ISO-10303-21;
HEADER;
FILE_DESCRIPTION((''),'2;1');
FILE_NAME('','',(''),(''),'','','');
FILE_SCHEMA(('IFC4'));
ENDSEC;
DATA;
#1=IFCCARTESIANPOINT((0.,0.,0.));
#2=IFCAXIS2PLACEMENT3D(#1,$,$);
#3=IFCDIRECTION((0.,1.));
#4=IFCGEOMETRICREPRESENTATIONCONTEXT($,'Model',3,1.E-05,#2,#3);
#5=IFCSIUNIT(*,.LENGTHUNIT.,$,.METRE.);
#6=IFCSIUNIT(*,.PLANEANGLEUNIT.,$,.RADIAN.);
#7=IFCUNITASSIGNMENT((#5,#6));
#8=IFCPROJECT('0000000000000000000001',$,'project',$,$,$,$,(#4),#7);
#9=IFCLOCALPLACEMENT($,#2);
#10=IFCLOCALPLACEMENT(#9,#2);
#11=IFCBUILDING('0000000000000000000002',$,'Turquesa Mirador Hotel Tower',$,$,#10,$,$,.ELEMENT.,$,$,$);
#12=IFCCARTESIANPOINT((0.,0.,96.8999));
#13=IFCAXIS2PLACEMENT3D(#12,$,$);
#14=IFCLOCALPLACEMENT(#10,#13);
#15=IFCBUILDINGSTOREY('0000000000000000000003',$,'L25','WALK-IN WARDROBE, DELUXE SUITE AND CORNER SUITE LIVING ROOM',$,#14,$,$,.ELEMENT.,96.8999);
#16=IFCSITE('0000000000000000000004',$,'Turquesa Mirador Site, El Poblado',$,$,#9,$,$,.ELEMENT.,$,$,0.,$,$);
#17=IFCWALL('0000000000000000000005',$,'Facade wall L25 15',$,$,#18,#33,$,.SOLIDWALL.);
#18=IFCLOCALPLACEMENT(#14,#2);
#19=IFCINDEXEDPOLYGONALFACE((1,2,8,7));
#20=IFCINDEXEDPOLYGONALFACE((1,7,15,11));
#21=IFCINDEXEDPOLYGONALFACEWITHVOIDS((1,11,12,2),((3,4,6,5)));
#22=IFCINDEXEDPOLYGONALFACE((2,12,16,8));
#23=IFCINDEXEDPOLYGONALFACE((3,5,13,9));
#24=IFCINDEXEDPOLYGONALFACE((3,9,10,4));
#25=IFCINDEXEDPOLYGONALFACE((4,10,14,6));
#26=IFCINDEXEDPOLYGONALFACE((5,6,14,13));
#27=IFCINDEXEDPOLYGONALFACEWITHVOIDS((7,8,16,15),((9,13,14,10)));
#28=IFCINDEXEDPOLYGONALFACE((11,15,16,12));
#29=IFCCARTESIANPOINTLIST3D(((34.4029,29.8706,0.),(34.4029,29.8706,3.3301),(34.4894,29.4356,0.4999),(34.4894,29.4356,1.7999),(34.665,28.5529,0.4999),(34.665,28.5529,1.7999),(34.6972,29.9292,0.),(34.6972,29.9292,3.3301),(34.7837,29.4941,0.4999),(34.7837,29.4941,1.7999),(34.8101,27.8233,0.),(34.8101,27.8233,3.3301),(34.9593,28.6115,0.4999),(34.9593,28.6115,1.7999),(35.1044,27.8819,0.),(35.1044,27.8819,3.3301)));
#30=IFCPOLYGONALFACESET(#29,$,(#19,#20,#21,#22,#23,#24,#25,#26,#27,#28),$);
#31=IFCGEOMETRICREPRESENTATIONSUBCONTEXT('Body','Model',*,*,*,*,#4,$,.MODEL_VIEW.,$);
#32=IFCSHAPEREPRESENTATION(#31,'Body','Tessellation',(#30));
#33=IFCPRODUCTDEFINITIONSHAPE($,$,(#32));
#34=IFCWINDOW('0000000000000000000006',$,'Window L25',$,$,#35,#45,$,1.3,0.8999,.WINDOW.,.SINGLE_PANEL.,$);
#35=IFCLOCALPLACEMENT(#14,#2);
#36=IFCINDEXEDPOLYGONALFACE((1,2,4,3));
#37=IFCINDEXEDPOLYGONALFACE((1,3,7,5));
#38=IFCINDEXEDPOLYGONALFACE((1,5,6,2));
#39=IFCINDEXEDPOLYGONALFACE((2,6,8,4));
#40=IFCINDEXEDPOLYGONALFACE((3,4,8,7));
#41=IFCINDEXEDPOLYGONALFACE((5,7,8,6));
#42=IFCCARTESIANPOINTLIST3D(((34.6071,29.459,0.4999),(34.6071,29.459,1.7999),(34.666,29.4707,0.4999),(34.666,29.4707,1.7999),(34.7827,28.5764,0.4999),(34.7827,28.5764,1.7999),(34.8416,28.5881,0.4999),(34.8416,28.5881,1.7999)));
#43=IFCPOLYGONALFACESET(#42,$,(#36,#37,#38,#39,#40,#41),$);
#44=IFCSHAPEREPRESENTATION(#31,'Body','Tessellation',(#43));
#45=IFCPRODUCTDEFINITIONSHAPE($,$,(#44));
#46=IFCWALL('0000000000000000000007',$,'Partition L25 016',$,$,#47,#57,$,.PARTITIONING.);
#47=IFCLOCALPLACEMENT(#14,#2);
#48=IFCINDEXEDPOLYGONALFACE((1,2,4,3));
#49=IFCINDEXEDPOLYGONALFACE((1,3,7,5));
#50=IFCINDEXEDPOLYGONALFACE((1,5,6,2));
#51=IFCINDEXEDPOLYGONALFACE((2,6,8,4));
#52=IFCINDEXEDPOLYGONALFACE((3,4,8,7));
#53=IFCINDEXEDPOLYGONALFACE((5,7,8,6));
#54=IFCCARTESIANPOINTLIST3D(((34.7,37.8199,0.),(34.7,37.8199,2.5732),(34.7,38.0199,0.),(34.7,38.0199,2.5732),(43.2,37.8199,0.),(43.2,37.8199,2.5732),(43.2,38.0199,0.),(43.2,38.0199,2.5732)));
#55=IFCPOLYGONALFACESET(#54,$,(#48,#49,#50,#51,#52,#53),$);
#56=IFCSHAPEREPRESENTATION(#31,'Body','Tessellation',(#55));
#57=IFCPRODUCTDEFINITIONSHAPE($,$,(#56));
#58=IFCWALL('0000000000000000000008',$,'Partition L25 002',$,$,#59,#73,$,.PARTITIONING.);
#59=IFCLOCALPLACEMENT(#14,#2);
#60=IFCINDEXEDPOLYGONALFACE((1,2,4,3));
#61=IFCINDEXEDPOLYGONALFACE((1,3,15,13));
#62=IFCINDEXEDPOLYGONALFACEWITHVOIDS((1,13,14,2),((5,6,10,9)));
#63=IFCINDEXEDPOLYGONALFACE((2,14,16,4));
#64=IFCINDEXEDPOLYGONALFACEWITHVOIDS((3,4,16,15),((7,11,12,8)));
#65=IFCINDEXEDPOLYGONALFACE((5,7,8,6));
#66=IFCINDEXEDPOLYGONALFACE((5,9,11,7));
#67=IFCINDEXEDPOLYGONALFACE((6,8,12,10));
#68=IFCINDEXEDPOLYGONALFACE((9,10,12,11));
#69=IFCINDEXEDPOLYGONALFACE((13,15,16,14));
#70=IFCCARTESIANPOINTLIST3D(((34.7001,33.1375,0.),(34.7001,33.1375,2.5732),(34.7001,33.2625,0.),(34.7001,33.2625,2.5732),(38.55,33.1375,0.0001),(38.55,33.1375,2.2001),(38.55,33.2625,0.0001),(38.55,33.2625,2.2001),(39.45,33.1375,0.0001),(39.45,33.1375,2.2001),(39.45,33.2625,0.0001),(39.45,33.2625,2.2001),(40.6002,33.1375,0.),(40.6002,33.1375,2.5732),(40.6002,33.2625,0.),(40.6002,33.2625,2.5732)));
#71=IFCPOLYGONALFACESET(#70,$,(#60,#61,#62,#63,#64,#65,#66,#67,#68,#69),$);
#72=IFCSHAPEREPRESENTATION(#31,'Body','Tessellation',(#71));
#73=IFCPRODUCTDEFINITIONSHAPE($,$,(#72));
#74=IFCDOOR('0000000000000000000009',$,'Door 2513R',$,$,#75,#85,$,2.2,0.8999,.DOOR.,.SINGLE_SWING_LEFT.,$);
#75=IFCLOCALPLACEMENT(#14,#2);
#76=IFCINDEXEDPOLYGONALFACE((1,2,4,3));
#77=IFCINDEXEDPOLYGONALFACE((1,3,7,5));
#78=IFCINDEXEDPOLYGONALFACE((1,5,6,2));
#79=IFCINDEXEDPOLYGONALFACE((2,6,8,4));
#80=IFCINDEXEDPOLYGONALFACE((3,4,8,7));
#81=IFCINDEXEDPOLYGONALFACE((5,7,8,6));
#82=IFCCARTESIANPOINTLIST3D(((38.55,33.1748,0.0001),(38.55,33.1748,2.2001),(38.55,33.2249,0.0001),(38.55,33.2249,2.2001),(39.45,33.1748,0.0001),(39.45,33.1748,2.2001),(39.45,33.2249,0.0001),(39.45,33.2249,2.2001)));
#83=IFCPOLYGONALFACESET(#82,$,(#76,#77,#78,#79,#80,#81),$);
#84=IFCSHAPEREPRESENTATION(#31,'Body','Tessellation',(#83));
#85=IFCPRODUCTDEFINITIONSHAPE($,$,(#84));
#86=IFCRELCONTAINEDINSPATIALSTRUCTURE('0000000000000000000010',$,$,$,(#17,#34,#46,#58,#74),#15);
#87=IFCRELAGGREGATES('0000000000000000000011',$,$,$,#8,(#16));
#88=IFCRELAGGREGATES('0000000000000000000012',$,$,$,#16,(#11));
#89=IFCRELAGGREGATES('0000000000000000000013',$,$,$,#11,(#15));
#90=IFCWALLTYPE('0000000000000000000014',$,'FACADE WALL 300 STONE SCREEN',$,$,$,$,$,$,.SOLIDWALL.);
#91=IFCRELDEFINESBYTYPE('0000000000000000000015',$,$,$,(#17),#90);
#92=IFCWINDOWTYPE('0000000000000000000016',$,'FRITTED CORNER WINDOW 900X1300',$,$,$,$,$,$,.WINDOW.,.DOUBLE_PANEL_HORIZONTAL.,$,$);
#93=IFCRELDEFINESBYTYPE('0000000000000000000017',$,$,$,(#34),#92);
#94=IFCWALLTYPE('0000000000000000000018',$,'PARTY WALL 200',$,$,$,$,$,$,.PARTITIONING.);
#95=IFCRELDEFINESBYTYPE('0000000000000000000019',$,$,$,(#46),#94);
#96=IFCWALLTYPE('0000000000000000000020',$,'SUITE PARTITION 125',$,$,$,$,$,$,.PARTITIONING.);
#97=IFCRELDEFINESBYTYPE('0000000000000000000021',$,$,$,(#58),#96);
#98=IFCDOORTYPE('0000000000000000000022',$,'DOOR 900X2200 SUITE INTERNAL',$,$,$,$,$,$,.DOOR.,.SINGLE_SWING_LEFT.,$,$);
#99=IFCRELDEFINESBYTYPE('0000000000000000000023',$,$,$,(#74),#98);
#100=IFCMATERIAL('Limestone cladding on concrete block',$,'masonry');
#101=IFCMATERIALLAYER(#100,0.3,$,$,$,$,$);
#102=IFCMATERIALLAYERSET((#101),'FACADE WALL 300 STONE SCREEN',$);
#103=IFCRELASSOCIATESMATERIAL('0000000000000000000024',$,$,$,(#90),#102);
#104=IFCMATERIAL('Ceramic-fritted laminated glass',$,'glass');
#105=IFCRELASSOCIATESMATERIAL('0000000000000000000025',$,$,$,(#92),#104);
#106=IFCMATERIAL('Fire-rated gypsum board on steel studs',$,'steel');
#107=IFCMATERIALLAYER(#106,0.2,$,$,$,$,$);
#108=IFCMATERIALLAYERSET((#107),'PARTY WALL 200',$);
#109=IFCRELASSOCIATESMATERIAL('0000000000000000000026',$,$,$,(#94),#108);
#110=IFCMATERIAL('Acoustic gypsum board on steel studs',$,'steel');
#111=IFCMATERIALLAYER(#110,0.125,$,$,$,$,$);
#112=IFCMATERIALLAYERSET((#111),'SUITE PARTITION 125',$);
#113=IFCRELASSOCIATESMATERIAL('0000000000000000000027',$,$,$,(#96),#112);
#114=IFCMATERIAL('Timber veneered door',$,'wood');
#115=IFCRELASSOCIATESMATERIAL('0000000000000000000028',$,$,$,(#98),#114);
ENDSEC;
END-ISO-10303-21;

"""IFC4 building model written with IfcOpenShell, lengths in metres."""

from ifc_helpers import new_model, si_unit, direction, frame, frame_2d, origin, place, context, subcontext, project, spatial, rectangle, extrude, material, layer, layer_set, type_object, element, fill, save


model = new_model("IFC4")

# Units and contexts
model_context = context("Model", 3, precision=1e-05, world=origin(), true_north=direction((0.0, 1.0)))
body_context = subcontext(model_context, "Body", "Model", "MODEL_VIEW")
ifc_project = project(units=[si_unit("LENGTHUNIT", "METRE"), si_unit("PLANEANGLEUNIT", "RADIAN")], contexts=[model_context])

# Site, building, storey
site_placement = place(None, origin())
site = spatial("IfcSite", under=ifc_project, at=site_placement, Name="Turquesa Mirador Site, El Poblado", CompositionType="ELEMENT", RefElevation=0.0)
building_placement = place(site_placement, origin())
building = spatial("IfcBuilding", under=site, at=building_placement, Name="Turquesa Mirador Hotel Tower", CompositionType="ELEMENT")
storey_placement = place(building_placement, frame((0.0, 0.0, 96.8999)))
storey = spatial("IfcBuildingStorey", under=building, at=storey_placement, Name="L25", Description="WALK-IN WARDROBE, DELUXE SUITE AND CORNER SUITE LIVING ROOM", CompositionType="ELEMENT", Elevation=96.8999)

# Wall, opening, window
ifc_material_1 = material(Name="Limestone cladding on concrete block", Category="masonry")
ifc_layer_1 = layer(ifc_material_1, 0.3)
ifc_layer_set_1 = layer_set([ifc_layer_1], Name="FACADE WALL 300 STONE SCREEN")
wall_type_1 = type_object("IfcWallType", Name="FACADE WALL 300 STONE SCREEN", PredefinedType="SOLIDWALL", material=ifc_layer_set_1)
wall_1_placement = place(storey_placement, frame((34.55, 29.8999, 0.0), z_axis=(0.0, 0.0, 1.0), x_axis=(0.195081, -0.980787, 0.0)))
wall_1 = element("IfcWall", 1, at=wall_1_placement, inside=storey, type_object=wall_type_1, Name="Facade wall L25 15", PredefinedType="SOLIDWALL", context=body_context, shape_type="SweptSolid", body=[
    extrude(rectangle(XDim=2.0874, YDim=0.3, at=frame_2d((1.0437, 0.0))), origin(), (0.0, 0.0, 1.0), 3.3301),
])
opening_1_placement = place(wall_1_placement, frame((0.4436, 0.0, 0.5)))
opening_1 = element("IfcOpeningElement", 2, at=opening_1_placement, cuts=wall_1, PredefinedType="OPENING", context=body_context, shape_type="SweptSolid", body=[
    extrude(rectangle(XDim=0.8999, YDim=1.3, at=frame_2d((0.45, 0.6499))), frame((0.0, 0.1599, 0.0), z_axis=(0.0, -1.0, 0.0), x_axis=(1.0, 0.0, 0.0)), (0.0, 0.0, 1.0), 0.3201),
])
ifc_material_2 = material(Name="Ceramic-fritted laminated glass", Category="glass")
window_type = type_object("IfcWindowType", Name="FRITTED CORNER WINDOW 900X1300", PartitioningType="DOUBLE_PANEL_HORIZONTAL", PredefinedType="WINDOW", material=ifc_material_2)
window_placement = place(opening_1_placement, origin())
window = element("IfcWindow", 3, at=window_placement, inside=storey, type_object=window_type, Name="Window L25", OverallHeight=1.3, OverallWidth=0.8999, PartitioningType="SINGLE_PANEL", PredefinedType="WINDOW", context=body_context, shape_type="SweptSolid", body=[
    extrude(rectangle(XDim=0.8999, YDim=1.3, at=frame_2d((0.45, 0.6499))), frame((0.0, 0.03, 0.0), z_axis=(0.0, -1.0, 0.0), x_axis=(1.0, 0.0, 0.0)), (0.0, 0.0, 1.0), 0.0601),
])
fill(opening_1, window)

# Wall
ifc_material_3 = material(Name="Fire-rated gypsum board on steel studs", Category="steel")
ifc_layer_2 = layer(ifc_material_3, 0.2)
ifc_layer_set_2 = layer_set([ifc_layer_2], Name="PARTY WALL 200")
wall_type_2 = type_object("IfcWallType", Name="PARTY WALL 200", PredefinedType="PARTITIONING", material=ifc_layer_set_2)
wall_2_placement = place(storey_placement, frame((34.7, 37.9199, 0.0), z_axis=(0.0, 0.0, 1.0), x_axis=(1.0, 0.0, 0.0)))
element("IfcWall", 4, at=wall_2_placement, inside=storey, type_object=wall_type_2, Name="Partition L25 016", PredefinedType="PARTITIONING", context=body_context, shape_type="SweptSolid", body=[
    extrude(rectangle(XDim=8.5, YDim=0.2, at=frame_2d((4.25, 0.0))), origin(), (0.0, 0.0, 1.0), 2.5732),
])

# Wall, opening, door
ifc_material_4 = material(Name="Acoustic gypsum board on steel studs", Category="steel")
ifc_layer_3 = layer(ifc_material_4, 0.125)
ifc_layer_set_3 = layer_set([ifc_layer_3], Name="SUITE PARTITION 125")
wall_type_3 = type_object("IfcWallType", Name="SUITE PARTITION 125", PredefinedType="PARTITIONING", material=ifc_layer_set_3)
wall_3_placement = place(storey_placement, frame((34.7, 33.2, 0.0), z_axis=(0.0, 0.0, 1.0), x_axis=(1.0, 0.0, 0.0)))
wall_3 = element("IfcWall", 5, at=wall_3_placement, inside=storey, type_object=wall_type_3, Name="Partition L25 002", PredefinedType="PARTITIONING", context=body_context, shape_type="SweptSolid", body=[
    extrude(rectangle(XDim=5.9001, YDim=0.125, at=frame_2d((2.9502, 0.0))), origin(), (0.0, 0.0, 1.0), 2.5732),
])
opening_2_placement = place(wall_3_placement, frame((3.8501, 0.0, 0.0)))
opening_2 = element("IfcOpeningElement", 6, at=opening_2_placement, cuts=wall_3, PredefinedType="OPENING", context=body_context, shape_type="SweptSolid", body=[
    extrude(rectangle(XDim=0.8999, YDim=2.2, at=frame_2d((0.45, 1.1001))), frame((0.0, 0.0725, 0.0), z_axis=(0.0, -1.0, 0.0), x_axis=(1.0, 0.0, 0.0)), (0.0, 0.0, 1.0), 0.145),
])
ifc_material_5 = material(Name="Timber veneered door", Category="wood")
door_type = type_object("IfcDoorType", Name="DOOR 900X2200 SUITE INTERNAL", OperationType="SINGLE_SWING_LEFT", PredefinedType="DOOR", material=ifc_material_5)
door_placement = place(opening_2_placement, origin())
door = element("IfcDoor", 7, at=door_placement, inside=storey, type_object=door_type, Name="Door 2513R", OperationType="SINGLE_SWING_LEFT", OverallHeight=2.2, OverallWidth=0.8999, PredefinedType="DOOR", context=body_context, shape_type="SweptSolid", body=[
    extrude(rectangle(XDim=0.8999, YDim=2.2, at=frame_2d((0.45, 1.1001))), frame((0.0, 0.0249, 0.0), z_axis=(0.0, -1.0, 0.0), x_axis=(1.0, 0.0, 0.0)), (0.0, 0.0, 1.0), 0.05),
])
fill(opening_2, door)

save(model, "model.ifc")
